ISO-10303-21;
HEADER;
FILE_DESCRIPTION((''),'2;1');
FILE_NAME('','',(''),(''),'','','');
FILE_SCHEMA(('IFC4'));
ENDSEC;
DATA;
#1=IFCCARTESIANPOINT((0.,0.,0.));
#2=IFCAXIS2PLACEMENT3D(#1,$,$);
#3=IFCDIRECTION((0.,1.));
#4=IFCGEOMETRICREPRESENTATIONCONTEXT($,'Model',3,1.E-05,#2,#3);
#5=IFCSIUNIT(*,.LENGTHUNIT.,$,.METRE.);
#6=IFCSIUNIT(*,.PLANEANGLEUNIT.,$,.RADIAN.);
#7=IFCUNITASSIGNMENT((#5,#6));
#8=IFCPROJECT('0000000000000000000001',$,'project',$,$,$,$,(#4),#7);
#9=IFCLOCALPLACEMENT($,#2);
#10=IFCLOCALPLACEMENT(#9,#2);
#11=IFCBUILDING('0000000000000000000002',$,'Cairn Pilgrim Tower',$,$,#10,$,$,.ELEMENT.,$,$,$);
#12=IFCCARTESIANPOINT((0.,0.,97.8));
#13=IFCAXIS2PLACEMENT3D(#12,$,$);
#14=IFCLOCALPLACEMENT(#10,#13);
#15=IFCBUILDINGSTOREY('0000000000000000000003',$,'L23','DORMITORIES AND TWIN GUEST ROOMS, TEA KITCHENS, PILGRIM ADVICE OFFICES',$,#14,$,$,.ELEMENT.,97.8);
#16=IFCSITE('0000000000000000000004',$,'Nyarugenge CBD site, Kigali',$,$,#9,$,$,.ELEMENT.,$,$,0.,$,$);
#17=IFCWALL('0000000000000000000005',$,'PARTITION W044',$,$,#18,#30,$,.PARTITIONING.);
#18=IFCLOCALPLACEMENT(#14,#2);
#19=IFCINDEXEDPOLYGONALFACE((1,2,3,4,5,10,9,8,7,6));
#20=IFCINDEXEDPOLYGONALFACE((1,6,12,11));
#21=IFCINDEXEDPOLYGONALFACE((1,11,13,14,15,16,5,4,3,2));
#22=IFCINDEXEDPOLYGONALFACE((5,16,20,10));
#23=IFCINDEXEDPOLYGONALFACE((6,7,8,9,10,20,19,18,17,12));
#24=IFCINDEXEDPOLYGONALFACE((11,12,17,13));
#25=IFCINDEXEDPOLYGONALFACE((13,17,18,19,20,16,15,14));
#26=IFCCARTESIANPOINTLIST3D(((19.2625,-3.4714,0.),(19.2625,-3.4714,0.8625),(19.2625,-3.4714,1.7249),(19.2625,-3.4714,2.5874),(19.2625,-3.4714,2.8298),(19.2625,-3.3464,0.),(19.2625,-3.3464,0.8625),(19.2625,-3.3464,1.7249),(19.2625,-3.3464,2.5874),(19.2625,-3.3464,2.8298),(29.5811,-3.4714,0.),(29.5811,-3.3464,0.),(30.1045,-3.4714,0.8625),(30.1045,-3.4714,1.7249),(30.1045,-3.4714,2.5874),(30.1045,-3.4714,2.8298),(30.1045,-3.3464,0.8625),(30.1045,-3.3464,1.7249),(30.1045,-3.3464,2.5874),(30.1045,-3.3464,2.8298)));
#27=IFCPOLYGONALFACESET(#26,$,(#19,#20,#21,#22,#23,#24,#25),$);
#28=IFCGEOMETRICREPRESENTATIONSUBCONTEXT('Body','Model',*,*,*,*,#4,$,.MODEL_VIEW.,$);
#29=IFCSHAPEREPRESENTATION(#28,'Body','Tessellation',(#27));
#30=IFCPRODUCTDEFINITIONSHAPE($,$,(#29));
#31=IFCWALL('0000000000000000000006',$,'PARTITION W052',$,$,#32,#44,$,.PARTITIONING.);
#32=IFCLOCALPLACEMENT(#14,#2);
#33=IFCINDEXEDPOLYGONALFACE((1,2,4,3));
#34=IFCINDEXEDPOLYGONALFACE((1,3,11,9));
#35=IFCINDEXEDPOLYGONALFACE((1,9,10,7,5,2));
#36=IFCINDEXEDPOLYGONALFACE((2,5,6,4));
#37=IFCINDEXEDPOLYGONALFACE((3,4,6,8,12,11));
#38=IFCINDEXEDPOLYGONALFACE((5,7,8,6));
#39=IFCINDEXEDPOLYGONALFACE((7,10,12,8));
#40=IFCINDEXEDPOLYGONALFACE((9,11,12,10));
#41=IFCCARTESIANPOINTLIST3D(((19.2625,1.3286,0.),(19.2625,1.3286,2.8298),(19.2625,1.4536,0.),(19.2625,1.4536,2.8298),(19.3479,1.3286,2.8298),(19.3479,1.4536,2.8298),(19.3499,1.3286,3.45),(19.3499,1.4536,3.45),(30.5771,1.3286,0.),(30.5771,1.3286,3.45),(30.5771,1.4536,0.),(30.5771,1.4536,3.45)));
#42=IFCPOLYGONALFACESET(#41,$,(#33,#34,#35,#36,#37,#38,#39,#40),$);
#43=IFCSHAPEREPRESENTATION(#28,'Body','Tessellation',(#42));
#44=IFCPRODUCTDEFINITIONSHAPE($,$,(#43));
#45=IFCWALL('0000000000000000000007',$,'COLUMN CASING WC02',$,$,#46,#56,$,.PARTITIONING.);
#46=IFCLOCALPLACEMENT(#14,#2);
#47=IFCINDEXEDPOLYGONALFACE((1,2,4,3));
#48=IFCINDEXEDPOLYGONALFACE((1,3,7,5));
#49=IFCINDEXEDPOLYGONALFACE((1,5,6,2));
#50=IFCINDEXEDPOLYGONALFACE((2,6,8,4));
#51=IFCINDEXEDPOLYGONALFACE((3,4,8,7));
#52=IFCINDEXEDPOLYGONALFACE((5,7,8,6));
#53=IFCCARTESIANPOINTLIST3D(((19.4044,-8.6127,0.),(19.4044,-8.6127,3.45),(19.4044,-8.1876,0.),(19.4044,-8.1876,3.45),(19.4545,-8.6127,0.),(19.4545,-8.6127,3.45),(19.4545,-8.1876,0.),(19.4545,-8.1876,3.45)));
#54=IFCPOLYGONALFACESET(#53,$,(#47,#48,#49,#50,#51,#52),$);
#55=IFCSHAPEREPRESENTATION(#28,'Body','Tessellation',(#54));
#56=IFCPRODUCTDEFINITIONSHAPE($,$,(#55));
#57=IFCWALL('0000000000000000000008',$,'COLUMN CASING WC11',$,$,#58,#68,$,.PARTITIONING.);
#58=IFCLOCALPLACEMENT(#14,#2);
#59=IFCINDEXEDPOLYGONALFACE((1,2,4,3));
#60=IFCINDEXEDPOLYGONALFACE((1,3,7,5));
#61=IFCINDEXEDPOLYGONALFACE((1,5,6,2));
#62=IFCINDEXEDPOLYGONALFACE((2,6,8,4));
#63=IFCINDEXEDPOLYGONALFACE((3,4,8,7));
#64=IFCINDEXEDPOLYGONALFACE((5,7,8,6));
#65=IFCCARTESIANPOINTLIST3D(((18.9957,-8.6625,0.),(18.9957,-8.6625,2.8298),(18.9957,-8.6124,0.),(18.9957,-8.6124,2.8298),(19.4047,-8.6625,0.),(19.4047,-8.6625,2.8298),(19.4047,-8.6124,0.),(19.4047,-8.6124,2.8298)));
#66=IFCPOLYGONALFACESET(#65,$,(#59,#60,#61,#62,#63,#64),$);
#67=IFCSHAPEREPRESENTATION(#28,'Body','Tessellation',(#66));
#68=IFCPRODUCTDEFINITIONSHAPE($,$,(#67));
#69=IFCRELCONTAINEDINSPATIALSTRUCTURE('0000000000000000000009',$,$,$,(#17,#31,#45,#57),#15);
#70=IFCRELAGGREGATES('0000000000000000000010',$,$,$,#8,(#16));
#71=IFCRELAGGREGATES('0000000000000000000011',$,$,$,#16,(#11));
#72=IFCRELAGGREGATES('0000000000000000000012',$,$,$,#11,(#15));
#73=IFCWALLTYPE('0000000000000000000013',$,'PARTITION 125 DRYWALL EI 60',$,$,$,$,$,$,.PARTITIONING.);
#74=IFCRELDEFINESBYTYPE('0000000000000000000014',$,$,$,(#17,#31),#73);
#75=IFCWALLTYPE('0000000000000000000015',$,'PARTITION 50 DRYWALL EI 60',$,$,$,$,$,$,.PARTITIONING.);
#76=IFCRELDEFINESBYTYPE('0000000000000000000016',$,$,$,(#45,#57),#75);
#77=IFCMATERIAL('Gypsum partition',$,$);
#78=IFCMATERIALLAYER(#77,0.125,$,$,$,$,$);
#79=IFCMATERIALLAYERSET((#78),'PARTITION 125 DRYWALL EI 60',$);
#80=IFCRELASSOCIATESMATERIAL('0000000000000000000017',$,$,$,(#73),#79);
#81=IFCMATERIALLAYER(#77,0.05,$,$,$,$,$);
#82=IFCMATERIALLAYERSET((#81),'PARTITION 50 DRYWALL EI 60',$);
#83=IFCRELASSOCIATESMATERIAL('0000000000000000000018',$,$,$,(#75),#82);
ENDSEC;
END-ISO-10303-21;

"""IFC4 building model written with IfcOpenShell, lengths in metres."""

from ifc_helpers import new_model, si_unit, direction, frame, frame_2d, origin, place, context, subcontext, project, spatial, polyline, rectangle, outline, extrude, material, layer, layer_set, type_object, element, save


model = new_model("IFC4")

# Units and contexts
model_context = context("Model", 3, precision=1e-05, world=origin(), true_north=direction((0.0, 1.0)))
body_context = subcontext(model_context, "Body", "Model", "MODEL_VIEW")
ifc_project = project(units=[si_unit("LENGTHUNIT", "METRE"), si_unit("PLANEANGLEUNIT", "RADIAN")], contexts=[model_context])

# Site, building, storey
site_placement = place(None, origin())
site = spatial("IfcSite", under=ifc_project, at=site_placement, Name="Nyarugenge CBD site, Kigali", CompositionType="ELEMENT", RefElevation=0.0)
building_placement = place(site_placement, origin())
building = spatial("IfcBuilding", under=site, at=building_placement, Name="Cairn Pilgrim Tower", CompositionType="ELEMENT")
storey_placement = place(building_placement, frame((0.0, 0.0, 97.8)))
storey = spatial("IfcBuildingStorey", under=building, at=storey_placement, Name="L23", Description="DORMITORIES AND TWIN GUEST ROOMS, TEA KITCHENS, PILGRIM ADVICE OFFICES", CompositionType="ELEMENT", Elevation=97.8)

# Shared definitions
ifc_material_1 = material(Name="Gypsum partition")

# Shared definitions
ifc_layer_1 = layer(ifc_material_1, 0.125)
ifc_layer_set_1 = layer_set([ifc_layer_1], Name="PARTITION 125 DRYWALL EI 60")
wall_type_1 = type_object("IfcWallType", Name="PARTITION 125 DRYWALL EI 60", PredefinedType="PARTITIONING", material=ifc_layer_set_1)

# Walls
wall_1_placement = place(storey_placement, frame((19.2625, -3.4089, 0.0), z_axis=(0.0, 0.0, 1.0), x_axis=(1.0, 0.0, 0.0)))
element("IfcWall", 1, at=wall_1_placement, inside=storey, type_object=wall_type_1, Name="PARTITION W044", PredefinedType="PARTITIONING", context=body_context, shape_type="SweptSolid", body=[
    extrude(outline(polyline([(0.0, 0.0), (10.3186, 0.0), (10.842, 0.8625), (10.842, 1.7249), (10.842, 2.5874), (10.842, 2.8298), (0.0, 2.8298), (0.0, 2.5874), (0.0, 1.7249), (0.0, 0.8625), (0.0, 0.0)])), frame((0.0, 0.0625, 0.0), z_axis=(0.0, -1.0, 0.0), x_axis=(1.0, 0.0, 0.0)), (0.0, 0.0, 1.0), 0.125),
])
wall_2_placement = place(storey_placement, frame((19.2625, 1.3911, 0.0), z_axis=(0.0, 0.0, 1.0), x_axis=(1.0, 0.0, 0.0)))
element("IfcWall", 2, at=wall_2_placement, inside=storey, type_object=wall_type_1, Name="PARTITION W052", PredefinedType="PARTITIONING", context=body_context, shape_type="SweptSolid", body=[
    extrude(outline(polyline([(0.0, 0.0), (11.3147, 0.0), (11.3147, 3.45), (0.0874, 3.45), (0.0854, 2.8298), (0.0, 2.8298), (0.0, 0.0)])), frame((0.0, 0.0625, 0.0), z_axis=(0.0, -1.0, 0.0), x_axis=(1.0, 0.0, 0.0)), (0.0, 0.0, 1.0), 0.125),
])
ifc_layer_2 = layer(ifc_material_1, 0.05)
ifc_layer_set_2 = layer_set([ifc_layer_2], Name="PARTITION 50 DRYWALL EI 60")
wall_type_2 = type_object("IfcWallType", Name="PARTITION 50 DRYWALL EI 60", PredefinedType="PARTITIONING", material=ifc_layer_set_2)
wall_3_placement = place(storey_placement, frame((19.4294, -8.6125, 0.0), z_axis=(0.0, 0.0, 1.0), x_axis=(0.0, 1.0, 0.0)))
element("IfcWall", 3, at=wall_3_placement, inside=storey, type_object=wall_type_2, Name="COLUMN CASING WC02", PredefinedType="PARTITIONING", context=body_context, shape_type="SweptSolid", body=[
    extrude(rectangle(XDim=0.425, YDim=0.05, at=frame_2d((0.2124, 0.0))), origin(), (0.0, 0.0, 1.0), 3.45),
])
wall_4_placement = place(storey_placement, frame((18.9956, -8.6375, 0.0), z_axis=(0.0, 0.0, 1.0), x_axis=(1.0, 0.0, 0.0)))
element("IfcWall", 4, at=wall_4_placement, inside=storey, type_object=wall_type_2, Name="COLUMN CASING WC11", PredefinedType="PARTITIONING", context=body_context, shape_type="SweptSolid", body=[
    extrude(rectangle(XDim=0.4089, YDim=0.05, at=frame_2d((0.2046, 0.0))), origin(), (0.0, 0.0, 1.0), 2.8298),
])

save(model, "model.ifc")
